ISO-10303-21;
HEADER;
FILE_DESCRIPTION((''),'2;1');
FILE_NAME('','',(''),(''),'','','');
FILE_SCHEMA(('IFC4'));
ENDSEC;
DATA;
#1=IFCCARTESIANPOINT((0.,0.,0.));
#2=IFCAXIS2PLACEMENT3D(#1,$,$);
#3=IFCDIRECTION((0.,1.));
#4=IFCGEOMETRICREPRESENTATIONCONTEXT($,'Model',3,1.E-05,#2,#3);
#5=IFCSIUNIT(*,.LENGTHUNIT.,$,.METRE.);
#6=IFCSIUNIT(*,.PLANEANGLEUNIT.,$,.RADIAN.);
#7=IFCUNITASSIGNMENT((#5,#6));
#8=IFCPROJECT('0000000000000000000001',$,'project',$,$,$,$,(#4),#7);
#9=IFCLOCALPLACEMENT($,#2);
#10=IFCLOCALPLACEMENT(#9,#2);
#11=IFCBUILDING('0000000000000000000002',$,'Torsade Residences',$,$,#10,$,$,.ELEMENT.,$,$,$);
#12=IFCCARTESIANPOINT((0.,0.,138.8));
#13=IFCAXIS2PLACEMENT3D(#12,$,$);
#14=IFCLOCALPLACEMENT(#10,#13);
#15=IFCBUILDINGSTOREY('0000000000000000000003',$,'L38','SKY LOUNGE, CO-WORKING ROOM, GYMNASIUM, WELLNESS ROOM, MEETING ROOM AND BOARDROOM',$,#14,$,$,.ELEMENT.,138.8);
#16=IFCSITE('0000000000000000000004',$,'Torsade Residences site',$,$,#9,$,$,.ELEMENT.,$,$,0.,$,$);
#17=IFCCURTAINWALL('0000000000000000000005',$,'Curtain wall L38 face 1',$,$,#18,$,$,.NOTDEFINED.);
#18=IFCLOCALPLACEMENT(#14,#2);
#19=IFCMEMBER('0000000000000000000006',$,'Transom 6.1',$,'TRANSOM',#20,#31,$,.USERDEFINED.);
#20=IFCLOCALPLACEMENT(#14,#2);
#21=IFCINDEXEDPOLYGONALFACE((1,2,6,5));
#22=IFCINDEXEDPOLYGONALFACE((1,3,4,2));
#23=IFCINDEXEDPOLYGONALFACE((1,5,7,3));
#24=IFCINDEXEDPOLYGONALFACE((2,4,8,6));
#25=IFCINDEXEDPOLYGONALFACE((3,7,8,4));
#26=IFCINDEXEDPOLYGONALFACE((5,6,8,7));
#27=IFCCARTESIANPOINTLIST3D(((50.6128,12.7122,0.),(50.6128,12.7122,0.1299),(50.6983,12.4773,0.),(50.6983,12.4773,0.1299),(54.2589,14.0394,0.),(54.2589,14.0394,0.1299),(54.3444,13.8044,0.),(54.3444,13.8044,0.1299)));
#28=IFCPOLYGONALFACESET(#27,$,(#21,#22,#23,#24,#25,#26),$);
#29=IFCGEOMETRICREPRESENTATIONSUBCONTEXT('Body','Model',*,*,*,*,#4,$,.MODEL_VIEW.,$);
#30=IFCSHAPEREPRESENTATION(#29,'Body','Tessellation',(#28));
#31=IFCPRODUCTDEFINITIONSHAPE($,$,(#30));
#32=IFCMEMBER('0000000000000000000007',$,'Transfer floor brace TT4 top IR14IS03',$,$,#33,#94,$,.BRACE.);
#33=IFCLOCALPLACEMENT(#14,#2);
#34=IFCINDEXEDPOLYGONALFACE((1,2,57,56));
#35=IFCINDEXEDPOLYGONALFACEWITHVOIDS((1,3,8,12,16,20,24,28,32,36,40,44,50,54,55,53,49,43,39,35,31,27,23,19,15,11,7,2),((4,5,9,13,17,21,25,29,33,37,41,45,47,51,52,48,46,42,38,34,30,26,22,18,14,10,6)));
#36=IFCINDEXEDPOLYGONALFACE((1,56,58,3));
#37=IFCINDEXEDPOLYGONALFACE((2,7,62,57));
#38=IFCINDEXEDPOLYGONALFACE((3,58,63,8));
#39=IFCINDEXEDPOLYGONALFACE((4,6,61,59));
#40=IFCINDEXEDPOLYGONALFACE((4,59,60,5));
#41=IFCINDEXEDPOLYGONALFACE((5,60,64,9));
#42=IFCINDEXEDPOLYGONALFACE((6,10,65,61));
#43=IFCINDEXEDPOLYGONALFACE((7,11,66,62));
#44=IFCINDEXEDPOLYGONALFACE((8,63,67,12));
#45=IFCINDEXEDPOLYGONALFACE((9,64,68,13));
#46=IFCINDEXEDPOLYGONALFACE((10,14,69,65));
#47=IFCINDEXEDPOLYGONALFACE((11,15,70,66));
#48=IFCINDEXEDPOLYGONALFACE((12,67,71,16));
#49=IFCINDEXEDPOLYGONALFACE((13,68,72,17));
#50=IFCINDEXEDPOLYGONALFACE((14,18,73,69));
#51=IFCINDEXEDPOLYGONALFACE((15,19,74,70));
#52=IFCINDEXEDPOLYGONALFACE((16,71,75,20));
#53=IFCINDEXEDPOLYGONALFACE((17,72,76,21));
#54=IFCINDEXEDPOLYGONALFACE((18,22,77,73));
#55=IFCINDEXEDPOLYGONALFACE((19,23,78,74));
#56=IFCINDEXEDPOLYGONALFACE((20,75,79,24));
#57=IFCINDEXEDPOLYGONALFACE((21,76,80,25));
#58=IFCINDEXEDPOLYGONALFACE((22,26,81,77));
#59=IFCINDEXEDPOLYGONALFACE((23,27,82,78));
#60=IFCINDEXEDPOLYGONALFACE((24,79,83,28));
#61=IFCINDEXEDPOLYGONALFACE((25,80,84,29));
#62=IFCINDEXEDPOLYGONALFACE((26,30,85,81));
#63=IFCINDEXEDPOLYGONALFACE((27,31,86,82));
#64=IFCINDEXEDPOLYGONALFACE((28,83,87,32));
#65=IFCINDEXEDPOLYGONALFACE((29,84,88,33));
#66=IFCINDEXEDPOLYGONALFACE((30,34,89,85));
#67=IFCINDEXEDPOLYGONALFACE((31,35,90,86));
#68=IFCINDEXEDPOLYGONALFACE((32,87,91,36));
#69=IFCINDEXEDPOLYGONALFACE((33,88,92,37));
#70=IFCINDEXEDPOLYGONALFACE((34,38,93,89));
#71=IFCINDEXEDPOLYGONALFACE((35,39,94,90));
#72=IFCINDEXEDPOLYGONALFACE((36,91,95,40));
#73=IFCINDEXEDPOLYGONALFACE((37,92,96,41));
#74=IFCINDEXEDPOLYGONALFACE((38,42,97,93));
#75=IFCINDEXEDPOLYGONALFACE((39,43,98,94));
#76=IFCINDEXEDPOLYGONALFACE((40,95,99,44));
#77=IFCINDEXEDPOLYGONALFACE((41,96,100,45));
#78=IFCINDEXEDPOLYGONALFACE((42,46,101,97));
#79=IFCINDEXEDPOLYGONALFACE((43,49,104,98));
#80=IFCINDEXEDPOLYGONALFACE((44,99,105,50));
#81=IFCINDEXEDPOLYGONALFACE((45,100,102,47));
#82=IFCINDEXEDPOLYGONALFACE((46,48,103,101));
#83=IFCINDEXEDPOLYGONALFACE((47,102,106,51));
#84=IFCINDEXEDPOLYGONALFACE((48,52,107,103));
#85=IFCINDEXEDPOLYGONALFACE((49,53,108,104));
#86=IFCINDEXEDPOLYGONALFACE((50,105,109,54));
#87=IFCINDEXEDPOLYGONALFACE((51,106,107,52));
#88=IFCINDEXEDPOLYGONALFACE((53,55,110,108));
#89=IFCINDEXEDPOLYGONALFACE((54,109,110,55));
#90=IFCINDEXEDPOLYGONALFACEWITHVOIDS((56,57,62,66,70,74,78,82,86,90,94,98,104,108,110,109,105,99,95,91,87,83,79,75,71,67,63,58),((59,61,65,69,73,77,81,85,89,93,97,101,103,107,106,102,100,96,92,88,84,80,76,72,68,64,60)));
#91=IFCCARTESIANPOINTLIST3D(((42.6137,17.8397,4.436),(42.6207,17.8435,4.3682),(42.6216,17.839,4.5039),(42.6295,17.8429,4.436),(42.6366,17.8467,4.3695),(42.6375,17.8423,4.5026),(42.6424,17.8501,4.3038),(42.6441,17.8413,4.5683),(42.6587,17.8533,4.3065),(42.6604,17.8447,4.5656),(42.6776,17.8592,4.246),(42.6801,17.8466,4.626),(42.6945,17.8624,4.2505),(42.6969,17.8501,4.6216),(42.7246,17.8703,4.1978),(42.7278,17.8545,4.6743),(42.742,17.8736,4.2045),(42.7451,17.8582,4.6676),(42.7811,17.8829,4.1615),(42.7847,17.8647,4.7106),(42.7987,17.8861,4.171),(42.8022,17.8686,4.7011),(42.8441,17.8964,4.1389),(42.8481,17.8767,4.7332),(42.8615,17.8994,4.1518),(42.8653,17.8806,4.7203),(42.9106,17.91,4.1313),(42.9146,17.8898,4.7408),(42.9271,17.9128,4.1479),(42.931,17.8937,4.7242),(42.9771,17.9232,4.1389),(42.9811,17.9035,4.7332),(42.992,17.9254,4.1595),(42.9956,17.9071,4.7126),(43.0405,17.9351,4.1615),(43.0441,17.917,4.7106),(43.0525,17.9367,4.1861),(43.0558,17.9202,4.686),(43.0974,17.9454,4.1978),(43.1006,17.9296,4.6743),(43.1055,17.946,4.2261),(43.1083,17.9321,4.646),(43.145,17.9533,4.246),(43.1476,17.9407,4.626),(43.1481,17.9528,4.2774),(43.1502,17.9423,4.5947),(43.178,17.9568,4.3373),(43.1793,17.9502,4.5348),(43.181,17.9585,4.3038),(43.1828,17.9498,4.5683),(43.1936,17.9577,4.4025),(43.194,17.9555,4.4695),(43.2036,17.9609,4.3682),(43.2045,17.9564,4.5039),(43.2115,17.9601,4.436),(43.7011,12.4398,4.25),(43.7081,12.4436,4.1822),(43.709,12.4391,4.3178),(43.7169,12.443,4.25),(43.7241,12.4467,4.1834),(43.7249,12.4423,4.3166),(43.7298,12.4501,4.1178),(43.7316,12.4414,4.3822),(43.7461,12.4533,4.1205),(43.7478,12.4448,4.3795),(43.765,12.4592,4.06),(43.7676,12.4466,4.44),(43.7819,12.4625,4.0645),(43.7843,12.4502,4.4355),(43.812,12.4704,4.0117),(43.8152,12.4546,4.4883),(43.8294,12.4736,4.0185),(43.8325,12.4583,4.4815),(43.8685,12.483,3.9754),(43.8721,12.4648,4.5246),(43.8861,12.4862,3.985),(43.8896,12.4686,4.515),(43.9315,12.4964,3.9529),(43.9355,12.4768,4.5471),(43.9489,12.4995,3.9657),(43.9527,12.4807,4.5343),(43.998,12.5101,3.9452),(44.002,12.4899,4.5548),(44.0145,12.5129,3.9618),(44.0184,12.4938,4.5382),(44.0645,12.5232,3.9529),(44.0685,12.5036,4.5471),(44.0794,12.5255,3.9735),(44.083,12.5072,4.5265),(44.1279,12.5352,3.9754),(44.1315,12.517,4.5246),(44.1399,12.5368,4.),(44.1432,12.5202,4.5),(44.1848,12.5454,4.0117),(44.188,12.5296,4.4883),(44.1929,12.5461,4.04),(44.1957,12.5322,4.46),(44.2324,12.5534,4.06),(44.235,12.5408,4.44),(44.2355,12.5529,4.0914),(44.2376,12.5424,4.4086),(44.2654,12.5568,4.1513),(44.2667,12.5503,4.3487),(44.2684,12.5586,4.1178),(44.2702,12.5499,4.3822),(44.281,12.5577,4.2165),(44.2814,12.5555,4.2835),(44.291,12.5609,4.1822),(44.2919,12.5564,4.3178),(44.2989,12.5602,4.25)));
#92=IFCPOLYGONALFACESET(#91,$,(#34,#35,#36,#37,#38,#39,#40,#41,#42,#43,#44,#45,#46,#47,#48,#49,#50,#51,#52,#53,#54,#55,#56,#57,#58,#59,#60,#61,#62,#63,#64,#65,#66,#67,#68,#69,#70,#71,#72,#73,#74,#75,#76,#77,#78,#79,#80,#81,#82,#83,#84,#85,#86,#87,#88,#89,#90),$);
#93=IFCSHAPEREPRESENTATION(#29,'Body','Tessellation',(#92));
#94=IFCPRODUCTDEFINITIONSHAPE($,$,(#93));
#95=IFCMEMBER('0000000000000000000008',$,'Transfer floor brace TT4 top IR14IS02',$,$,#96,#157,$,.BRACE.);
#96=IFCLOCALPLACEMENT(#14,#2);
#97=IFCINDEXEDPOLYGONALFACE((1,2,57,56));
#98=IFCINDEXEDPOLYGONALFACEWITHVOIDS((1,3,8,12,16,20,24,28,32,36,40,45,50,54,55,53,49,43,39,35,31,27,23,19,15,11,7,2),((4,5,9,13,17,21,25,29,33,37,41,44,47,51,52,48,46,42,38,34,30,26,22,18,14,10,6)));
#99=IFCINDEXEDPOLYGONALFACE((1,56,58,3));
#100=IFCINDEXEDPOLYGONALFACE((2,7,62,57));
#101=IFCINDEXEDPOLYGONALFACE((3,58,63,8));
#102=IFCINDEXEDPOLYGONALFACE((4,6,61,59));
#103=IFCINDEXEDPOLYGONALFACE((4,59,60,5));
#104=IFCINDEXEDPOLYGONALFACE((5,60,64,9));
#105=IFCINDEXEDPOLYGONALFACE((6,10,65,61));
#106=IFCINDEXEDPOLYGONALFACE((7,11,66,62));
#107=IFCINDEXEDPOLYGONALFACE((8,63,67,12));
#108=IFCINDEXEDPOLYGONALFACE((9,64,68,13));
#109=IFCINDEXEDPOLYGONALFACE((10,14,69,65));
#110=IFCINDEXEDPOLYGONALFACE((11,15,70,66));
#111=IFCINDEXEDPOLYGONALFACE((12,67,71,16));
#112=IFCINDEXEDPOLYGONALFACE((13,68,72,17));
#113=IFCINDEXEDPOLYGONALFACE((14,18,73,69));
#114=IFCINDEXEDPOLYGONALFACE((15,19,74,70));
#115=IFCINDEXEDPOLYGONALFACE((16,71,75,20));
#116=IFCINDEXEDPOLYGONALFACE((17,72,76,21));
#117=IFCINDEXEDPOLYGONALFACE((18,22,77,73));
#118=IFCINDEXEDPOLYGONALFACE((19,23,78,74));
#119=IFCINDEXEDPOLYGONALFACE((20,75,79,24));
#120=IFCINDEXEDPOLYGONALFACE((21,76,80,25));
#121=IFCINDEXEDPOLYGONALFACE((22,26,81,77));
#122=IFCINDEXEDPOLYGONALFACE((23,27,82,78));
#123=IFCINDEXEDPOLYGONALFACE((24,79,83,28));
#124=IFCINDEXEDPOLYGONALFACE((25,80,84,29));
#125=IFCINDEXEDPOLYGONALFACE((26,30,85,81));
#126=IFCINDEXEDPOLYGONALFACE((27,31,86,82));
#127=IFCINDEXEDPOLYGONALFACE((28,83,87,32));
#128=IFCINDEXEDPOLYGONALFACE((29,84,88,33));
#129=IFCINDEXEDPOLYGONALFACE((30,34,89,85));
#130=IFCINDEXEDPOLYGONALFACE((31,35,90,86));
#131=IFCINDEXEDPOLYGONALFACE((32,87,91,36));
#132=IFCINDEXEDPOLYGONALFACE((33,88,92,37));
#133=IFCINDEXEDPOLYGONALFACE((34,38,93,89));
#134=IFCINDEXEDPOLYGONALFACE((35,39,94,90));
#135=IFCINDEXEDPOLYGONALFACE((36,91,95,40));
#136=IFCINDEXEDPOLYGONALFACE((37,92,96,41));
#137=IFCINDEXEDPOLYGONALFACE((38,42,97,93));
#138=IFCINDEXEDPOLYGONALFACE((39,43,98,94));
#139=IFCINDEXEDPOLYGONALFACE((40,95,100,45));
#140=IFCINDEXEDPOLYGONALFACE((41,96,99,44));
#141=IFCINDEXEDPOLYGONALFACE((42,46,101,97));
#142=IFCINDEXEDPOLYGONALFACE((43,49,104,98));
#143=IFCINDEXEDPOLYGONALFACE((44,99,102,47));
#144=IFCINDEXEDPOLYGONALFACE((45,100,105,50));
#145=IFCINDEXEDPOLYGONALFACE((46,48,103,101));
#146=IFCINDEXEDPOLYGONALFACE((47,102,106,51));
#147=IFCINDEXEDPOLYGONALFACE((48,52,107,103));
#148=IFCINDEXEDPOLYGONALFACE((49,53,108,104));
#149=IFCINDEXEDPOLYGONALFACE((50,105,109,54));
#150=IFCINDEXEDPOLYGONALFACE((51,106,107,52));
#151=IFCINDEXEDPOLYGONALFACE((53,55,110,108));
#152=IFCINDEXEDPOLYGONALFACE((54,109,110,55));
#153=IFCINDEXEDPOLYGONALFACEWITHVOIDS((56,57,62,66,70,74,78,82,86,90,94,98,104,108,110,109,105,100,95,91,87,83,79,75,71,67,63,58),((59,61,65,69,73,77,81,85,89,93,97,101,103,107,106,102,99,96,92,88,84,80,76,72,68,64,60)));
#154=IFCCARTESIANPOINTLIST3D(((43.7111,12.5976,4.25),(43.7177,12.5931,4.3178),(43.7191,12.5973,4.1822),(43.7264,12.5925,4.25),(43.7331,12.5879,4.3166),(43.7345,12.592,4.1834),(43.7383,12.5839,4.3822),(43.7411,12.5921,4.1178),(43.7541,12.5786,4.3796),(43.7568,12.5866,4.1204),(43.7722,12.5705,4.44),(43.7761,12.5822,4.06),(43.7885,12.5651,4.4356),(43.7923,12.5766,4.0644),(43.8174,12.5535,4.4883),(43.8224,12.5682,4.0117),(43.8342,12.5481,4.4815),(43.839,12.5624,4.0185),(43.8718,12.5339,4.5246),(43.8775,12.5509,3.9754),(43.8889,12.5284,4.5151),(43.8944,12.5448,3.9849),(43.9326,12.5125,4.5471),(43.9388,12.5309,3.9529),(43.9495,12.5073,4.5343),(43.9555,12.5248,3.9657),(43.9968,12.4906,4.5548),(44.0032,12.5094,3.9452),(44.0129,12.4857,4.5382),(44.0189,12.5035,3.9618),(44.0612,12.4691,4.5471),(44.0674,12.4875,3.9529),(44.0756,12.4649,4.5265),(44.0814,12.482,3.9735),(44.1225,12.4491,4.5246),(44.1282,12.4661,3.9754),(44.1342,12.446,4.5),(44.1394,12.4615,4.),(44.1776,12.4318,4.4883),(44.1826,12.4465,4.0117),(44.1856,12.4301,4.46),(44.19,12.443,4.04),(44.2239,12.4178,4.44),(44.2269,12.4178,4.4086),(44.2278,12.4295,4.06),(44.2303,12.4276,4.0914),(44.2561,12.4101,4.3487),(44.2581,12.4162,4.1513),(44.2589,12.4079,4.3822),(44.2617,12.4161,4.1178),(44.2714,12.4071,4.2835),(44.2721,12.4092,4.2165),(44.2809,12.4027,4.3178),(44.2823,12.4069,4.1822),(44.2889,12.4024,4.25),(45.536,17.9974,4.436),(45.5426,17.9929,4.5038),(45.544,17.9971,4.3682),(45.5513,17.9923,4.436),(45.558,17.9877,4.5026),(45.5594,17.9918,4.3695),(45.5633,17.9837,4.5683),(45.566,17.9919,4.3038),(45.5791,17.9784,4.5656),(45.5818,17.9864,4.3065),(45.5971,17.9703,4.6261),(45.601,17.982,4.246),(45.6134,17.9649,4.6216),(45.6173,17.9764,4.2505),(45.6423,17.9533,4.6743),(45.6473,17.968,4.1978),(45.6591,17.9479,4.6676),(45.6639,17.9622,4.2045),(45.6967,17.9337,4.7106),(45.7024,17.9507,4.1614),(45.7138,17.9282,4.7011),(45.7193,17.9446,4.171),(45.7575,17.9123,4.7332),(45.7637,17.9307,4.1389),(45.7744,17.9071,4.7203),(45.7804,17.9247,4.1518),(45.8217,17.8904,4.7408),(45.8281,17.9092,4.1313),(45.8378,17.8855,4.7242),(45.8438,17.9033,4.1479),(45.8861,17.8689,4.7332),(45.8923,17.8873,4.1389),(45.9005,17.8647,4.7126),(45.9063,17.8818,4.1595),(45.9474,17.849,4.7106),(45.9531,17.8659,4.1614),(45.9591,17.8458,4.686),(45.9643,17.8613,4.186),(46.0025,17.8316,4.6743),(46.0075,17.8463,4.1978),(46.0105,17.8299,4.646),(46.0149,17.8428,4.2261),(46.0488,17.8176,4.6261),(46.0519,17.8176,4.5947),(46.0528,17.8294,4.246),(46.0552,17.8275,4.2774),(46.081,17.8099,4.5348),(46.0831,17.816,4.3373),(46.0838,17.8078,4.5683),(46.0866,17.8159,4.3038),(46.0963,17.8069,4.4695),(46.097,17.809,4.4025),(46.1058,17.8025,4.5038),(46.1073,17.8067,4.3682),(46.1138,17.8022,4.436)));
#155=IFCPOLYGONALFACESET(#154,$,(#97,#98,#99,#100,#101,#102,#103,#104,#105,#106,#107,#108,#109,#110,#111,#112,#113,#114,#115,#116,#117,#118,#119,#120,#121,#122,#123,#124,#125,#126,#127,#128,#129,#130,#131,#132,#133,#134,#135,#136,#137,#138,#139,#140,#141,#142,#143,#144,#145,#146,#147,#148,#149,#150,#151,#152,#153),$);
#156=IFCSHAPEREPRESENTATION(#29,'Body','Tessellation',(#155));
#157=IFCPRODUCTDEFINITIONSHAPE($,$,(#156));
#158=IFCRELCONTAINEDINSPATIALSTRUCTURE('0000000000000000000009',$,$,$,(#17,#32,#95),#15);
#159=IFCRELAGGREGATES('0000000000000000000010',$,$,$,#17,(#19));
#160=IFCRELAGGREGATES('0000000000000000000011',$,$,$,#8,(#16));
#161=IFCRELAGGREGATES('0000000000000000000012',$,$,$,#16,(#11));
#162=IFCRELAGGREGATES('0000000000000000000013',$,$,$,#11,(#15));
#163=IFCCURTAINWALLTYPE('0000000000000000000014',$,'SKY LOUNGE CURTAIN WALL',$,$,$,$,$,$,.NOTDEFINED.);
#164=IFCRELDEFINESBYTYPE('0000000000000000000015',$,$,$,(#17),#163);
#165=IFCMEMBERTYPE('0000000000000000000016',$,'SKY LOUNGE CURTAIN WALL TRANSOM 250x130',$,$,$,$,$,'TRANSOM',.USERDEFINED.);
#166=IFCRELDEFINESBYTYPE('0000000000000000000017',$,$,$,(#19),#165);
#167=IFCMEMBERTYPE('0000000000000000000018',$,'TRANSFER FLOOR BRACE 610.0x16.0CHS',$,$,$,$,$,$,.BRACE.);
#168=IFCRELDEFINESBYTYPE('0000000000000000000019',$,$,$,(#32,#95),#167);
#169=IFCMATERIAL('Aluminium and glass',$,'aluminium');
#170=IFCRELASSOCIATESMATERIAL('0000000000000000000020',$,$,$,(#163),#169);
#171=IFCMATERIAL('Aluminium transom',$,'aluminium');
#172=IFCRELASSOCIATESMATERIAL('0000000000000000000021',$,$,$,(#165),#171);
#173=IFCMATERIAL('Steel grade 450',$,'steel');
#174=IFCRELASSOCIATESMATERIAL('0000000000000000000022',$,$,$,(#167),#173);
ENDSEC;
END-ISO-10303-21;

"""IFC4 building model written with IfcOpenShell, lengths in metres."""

from ifc_helpers import new_model, si_unit, direction, frame, origin, origin_2d, place, context, subcontext, project, spatial, rectangle, hollow_circle, extrude, material, material_profile, profile_set, type_object, element, aggregate, save


model = new_model("IFC4")

# Units and contexts
model_context = context("Model", 3, precision=1e-05, world=origin(), true_north=direction((0.0, 1.0)))
body_context = subcontext(model_context, "Body", "Model", "MODEL_VIEW")
ifc_project = project(units=[si_unit("LENGTHUNIT", "METRE"), si_unit("PLANEANGLEUNIT", "RADIAN")], contexts=[model_context])

# Site, building, storey
site_placement = place(None, origin())
site = spatial("IfcSite", under=ifc_project, at=site_placement, Name="Torsade Residences site", CompositionType="ELEMENT", RefElevation=0.0)
building_placement = place(site_placement, origin())
building = spatial("IfcBuilding", under=site, at=building_placement, Name="Torsade Residences", CompositionType="ELEMENT")
storey_placement = place(building_placement, frame((0.0, 0.0, 138.8)))
storey = spatial("IfcBuildingStorey", under=building, at=storey_placement, Name="L38", Description="SKY LOUNGE, CO-WORKING ROOM, GYMNASIUM, WELLNESS ROOM, MEETING ROOM AND BOARDROOM", CompositionType="ELEMENT", Elevation=138.8)

# Curtain wall, member
ifc_material_1 = material(Name="Aluminium and glass", Category="aluminium")
curtain_wall_type = type_object("IfcCurtainWallType", Name="SKY LOUNGE CURTAIN WALL", PredefinedType="NOTDEFINED", material=ifc_material_1)
curtain_wall_placement = place(storey_placement, origin())
curtain_wall = element("IfcCurtainWall", 1, at=curtain_wall_placement, inside=storey, type_object=curtain_wall_type, Name="Curtain wall L38 face 1", PredefinedType="NOTDEFINED")
ifc_material_2 = material(Name="Aluminium transom", Category="aluminium")
ifc_material_profile_1 = material_profile(ifc_material_2, rectangle(XDim=0.25, YDim=0.1299, at=origin_2d()), Name="SKY LOUNGE CURTAIN WALL TRANSOM 250x130")
ifc_profile_set_1 = profile_set([ifc_material_profile_1], Name="Aluminium transom")
member_type_1 = type_object("IfcMemberType", Name="SKY LOUNGE CURTAIN WALL TRANSOM 250x130", ElementType="TRANSOM", PredefinedType="USERDEFINED", material=ifc_profile_set_1)
member_1_placement = place(storey_placement, frame((50.6555, 12.5947, 0.0649), z_axis=(0.939683, 0.342046, 0.0), x_axis=(-0.342046, 0.939683, 0.0)))
member_1 = element("IfcMember", 2, at=member_1_placement, type_object=member_type_1, Name="Transom 6.1", ObjectType="TRANSOM", PredefinedType="USERDEFINED", context=body_context, shape_type="SweptSolid", body=[
    extrude(rectangle(XDim=0.25, YDim=0.1299, at=origin_2d()), origin(), (0.0, 0.0, 1.0), 3.8801),
])

# Members
ifc_material_3 = material(Name="Steel grade 450", Category="steel")
ifc_material_profile_2 = material_profile(ifc_material_3, hollow_circle(Radius=0.3049, WallThickness=0.0161, at=origin_2d()), Name="610.0x16.0CHS")
ifc_profile_set_2 = profile_set([ifc_material_profile_2], Name="Steel grade 450")
member_type_2 = type_object("IfcMemberType", Name="TRANSFER FLOOR BRACE 610.0x16.0CHS", PredefinedType="BRACE", material=ifc_profile_set_2)
member_2_placement = place(storey_placement, frame((44.0, 12.5, 4.25), z_axis=(-0.197299, 0.979762, 0.033754), x_axis=(-0.980321, -0.197412, 0.0)))
element("IfcMember", 3, at=member_2_placement, inside=storey, type_object=member_type_2, Name="Transfer floor brace TT4 top IR14IS03", PredefinedType="BRACE", context=body_context, shape_type="SweptSolid", body=[
    extrude(hollow_circle(Radius=0.3049, WallThickness=0.0161, at=origin_2d()), origin(), (0.0, 0.0, 1.0), 5.5115),
])
member_3_placement = place(storey_placement, frame((44.0, 12.5, 4.25), z_axis=(0.319999, 0.946856, 0.032621), x_axis=(-0.94736, 0.32017, 0.0)))
element("IfcMember", 4, at=member_3_placement, inside=storey, type_object=member_type_2, Name="Transfer floor brace TT4 top IR14IS02", PredefinedType="BRACE", context=body_context, shape_type="SweptSolid", body=[
    extrude(hollow_circle(Radius=0.3049, WallThickness=0.0161, at=origin_2d()), origin(), (0.0, 0.0, 1.0), 5.7029),
])

aggregate(curtain_wall, [member_1])

save(model, "model.ifc")
